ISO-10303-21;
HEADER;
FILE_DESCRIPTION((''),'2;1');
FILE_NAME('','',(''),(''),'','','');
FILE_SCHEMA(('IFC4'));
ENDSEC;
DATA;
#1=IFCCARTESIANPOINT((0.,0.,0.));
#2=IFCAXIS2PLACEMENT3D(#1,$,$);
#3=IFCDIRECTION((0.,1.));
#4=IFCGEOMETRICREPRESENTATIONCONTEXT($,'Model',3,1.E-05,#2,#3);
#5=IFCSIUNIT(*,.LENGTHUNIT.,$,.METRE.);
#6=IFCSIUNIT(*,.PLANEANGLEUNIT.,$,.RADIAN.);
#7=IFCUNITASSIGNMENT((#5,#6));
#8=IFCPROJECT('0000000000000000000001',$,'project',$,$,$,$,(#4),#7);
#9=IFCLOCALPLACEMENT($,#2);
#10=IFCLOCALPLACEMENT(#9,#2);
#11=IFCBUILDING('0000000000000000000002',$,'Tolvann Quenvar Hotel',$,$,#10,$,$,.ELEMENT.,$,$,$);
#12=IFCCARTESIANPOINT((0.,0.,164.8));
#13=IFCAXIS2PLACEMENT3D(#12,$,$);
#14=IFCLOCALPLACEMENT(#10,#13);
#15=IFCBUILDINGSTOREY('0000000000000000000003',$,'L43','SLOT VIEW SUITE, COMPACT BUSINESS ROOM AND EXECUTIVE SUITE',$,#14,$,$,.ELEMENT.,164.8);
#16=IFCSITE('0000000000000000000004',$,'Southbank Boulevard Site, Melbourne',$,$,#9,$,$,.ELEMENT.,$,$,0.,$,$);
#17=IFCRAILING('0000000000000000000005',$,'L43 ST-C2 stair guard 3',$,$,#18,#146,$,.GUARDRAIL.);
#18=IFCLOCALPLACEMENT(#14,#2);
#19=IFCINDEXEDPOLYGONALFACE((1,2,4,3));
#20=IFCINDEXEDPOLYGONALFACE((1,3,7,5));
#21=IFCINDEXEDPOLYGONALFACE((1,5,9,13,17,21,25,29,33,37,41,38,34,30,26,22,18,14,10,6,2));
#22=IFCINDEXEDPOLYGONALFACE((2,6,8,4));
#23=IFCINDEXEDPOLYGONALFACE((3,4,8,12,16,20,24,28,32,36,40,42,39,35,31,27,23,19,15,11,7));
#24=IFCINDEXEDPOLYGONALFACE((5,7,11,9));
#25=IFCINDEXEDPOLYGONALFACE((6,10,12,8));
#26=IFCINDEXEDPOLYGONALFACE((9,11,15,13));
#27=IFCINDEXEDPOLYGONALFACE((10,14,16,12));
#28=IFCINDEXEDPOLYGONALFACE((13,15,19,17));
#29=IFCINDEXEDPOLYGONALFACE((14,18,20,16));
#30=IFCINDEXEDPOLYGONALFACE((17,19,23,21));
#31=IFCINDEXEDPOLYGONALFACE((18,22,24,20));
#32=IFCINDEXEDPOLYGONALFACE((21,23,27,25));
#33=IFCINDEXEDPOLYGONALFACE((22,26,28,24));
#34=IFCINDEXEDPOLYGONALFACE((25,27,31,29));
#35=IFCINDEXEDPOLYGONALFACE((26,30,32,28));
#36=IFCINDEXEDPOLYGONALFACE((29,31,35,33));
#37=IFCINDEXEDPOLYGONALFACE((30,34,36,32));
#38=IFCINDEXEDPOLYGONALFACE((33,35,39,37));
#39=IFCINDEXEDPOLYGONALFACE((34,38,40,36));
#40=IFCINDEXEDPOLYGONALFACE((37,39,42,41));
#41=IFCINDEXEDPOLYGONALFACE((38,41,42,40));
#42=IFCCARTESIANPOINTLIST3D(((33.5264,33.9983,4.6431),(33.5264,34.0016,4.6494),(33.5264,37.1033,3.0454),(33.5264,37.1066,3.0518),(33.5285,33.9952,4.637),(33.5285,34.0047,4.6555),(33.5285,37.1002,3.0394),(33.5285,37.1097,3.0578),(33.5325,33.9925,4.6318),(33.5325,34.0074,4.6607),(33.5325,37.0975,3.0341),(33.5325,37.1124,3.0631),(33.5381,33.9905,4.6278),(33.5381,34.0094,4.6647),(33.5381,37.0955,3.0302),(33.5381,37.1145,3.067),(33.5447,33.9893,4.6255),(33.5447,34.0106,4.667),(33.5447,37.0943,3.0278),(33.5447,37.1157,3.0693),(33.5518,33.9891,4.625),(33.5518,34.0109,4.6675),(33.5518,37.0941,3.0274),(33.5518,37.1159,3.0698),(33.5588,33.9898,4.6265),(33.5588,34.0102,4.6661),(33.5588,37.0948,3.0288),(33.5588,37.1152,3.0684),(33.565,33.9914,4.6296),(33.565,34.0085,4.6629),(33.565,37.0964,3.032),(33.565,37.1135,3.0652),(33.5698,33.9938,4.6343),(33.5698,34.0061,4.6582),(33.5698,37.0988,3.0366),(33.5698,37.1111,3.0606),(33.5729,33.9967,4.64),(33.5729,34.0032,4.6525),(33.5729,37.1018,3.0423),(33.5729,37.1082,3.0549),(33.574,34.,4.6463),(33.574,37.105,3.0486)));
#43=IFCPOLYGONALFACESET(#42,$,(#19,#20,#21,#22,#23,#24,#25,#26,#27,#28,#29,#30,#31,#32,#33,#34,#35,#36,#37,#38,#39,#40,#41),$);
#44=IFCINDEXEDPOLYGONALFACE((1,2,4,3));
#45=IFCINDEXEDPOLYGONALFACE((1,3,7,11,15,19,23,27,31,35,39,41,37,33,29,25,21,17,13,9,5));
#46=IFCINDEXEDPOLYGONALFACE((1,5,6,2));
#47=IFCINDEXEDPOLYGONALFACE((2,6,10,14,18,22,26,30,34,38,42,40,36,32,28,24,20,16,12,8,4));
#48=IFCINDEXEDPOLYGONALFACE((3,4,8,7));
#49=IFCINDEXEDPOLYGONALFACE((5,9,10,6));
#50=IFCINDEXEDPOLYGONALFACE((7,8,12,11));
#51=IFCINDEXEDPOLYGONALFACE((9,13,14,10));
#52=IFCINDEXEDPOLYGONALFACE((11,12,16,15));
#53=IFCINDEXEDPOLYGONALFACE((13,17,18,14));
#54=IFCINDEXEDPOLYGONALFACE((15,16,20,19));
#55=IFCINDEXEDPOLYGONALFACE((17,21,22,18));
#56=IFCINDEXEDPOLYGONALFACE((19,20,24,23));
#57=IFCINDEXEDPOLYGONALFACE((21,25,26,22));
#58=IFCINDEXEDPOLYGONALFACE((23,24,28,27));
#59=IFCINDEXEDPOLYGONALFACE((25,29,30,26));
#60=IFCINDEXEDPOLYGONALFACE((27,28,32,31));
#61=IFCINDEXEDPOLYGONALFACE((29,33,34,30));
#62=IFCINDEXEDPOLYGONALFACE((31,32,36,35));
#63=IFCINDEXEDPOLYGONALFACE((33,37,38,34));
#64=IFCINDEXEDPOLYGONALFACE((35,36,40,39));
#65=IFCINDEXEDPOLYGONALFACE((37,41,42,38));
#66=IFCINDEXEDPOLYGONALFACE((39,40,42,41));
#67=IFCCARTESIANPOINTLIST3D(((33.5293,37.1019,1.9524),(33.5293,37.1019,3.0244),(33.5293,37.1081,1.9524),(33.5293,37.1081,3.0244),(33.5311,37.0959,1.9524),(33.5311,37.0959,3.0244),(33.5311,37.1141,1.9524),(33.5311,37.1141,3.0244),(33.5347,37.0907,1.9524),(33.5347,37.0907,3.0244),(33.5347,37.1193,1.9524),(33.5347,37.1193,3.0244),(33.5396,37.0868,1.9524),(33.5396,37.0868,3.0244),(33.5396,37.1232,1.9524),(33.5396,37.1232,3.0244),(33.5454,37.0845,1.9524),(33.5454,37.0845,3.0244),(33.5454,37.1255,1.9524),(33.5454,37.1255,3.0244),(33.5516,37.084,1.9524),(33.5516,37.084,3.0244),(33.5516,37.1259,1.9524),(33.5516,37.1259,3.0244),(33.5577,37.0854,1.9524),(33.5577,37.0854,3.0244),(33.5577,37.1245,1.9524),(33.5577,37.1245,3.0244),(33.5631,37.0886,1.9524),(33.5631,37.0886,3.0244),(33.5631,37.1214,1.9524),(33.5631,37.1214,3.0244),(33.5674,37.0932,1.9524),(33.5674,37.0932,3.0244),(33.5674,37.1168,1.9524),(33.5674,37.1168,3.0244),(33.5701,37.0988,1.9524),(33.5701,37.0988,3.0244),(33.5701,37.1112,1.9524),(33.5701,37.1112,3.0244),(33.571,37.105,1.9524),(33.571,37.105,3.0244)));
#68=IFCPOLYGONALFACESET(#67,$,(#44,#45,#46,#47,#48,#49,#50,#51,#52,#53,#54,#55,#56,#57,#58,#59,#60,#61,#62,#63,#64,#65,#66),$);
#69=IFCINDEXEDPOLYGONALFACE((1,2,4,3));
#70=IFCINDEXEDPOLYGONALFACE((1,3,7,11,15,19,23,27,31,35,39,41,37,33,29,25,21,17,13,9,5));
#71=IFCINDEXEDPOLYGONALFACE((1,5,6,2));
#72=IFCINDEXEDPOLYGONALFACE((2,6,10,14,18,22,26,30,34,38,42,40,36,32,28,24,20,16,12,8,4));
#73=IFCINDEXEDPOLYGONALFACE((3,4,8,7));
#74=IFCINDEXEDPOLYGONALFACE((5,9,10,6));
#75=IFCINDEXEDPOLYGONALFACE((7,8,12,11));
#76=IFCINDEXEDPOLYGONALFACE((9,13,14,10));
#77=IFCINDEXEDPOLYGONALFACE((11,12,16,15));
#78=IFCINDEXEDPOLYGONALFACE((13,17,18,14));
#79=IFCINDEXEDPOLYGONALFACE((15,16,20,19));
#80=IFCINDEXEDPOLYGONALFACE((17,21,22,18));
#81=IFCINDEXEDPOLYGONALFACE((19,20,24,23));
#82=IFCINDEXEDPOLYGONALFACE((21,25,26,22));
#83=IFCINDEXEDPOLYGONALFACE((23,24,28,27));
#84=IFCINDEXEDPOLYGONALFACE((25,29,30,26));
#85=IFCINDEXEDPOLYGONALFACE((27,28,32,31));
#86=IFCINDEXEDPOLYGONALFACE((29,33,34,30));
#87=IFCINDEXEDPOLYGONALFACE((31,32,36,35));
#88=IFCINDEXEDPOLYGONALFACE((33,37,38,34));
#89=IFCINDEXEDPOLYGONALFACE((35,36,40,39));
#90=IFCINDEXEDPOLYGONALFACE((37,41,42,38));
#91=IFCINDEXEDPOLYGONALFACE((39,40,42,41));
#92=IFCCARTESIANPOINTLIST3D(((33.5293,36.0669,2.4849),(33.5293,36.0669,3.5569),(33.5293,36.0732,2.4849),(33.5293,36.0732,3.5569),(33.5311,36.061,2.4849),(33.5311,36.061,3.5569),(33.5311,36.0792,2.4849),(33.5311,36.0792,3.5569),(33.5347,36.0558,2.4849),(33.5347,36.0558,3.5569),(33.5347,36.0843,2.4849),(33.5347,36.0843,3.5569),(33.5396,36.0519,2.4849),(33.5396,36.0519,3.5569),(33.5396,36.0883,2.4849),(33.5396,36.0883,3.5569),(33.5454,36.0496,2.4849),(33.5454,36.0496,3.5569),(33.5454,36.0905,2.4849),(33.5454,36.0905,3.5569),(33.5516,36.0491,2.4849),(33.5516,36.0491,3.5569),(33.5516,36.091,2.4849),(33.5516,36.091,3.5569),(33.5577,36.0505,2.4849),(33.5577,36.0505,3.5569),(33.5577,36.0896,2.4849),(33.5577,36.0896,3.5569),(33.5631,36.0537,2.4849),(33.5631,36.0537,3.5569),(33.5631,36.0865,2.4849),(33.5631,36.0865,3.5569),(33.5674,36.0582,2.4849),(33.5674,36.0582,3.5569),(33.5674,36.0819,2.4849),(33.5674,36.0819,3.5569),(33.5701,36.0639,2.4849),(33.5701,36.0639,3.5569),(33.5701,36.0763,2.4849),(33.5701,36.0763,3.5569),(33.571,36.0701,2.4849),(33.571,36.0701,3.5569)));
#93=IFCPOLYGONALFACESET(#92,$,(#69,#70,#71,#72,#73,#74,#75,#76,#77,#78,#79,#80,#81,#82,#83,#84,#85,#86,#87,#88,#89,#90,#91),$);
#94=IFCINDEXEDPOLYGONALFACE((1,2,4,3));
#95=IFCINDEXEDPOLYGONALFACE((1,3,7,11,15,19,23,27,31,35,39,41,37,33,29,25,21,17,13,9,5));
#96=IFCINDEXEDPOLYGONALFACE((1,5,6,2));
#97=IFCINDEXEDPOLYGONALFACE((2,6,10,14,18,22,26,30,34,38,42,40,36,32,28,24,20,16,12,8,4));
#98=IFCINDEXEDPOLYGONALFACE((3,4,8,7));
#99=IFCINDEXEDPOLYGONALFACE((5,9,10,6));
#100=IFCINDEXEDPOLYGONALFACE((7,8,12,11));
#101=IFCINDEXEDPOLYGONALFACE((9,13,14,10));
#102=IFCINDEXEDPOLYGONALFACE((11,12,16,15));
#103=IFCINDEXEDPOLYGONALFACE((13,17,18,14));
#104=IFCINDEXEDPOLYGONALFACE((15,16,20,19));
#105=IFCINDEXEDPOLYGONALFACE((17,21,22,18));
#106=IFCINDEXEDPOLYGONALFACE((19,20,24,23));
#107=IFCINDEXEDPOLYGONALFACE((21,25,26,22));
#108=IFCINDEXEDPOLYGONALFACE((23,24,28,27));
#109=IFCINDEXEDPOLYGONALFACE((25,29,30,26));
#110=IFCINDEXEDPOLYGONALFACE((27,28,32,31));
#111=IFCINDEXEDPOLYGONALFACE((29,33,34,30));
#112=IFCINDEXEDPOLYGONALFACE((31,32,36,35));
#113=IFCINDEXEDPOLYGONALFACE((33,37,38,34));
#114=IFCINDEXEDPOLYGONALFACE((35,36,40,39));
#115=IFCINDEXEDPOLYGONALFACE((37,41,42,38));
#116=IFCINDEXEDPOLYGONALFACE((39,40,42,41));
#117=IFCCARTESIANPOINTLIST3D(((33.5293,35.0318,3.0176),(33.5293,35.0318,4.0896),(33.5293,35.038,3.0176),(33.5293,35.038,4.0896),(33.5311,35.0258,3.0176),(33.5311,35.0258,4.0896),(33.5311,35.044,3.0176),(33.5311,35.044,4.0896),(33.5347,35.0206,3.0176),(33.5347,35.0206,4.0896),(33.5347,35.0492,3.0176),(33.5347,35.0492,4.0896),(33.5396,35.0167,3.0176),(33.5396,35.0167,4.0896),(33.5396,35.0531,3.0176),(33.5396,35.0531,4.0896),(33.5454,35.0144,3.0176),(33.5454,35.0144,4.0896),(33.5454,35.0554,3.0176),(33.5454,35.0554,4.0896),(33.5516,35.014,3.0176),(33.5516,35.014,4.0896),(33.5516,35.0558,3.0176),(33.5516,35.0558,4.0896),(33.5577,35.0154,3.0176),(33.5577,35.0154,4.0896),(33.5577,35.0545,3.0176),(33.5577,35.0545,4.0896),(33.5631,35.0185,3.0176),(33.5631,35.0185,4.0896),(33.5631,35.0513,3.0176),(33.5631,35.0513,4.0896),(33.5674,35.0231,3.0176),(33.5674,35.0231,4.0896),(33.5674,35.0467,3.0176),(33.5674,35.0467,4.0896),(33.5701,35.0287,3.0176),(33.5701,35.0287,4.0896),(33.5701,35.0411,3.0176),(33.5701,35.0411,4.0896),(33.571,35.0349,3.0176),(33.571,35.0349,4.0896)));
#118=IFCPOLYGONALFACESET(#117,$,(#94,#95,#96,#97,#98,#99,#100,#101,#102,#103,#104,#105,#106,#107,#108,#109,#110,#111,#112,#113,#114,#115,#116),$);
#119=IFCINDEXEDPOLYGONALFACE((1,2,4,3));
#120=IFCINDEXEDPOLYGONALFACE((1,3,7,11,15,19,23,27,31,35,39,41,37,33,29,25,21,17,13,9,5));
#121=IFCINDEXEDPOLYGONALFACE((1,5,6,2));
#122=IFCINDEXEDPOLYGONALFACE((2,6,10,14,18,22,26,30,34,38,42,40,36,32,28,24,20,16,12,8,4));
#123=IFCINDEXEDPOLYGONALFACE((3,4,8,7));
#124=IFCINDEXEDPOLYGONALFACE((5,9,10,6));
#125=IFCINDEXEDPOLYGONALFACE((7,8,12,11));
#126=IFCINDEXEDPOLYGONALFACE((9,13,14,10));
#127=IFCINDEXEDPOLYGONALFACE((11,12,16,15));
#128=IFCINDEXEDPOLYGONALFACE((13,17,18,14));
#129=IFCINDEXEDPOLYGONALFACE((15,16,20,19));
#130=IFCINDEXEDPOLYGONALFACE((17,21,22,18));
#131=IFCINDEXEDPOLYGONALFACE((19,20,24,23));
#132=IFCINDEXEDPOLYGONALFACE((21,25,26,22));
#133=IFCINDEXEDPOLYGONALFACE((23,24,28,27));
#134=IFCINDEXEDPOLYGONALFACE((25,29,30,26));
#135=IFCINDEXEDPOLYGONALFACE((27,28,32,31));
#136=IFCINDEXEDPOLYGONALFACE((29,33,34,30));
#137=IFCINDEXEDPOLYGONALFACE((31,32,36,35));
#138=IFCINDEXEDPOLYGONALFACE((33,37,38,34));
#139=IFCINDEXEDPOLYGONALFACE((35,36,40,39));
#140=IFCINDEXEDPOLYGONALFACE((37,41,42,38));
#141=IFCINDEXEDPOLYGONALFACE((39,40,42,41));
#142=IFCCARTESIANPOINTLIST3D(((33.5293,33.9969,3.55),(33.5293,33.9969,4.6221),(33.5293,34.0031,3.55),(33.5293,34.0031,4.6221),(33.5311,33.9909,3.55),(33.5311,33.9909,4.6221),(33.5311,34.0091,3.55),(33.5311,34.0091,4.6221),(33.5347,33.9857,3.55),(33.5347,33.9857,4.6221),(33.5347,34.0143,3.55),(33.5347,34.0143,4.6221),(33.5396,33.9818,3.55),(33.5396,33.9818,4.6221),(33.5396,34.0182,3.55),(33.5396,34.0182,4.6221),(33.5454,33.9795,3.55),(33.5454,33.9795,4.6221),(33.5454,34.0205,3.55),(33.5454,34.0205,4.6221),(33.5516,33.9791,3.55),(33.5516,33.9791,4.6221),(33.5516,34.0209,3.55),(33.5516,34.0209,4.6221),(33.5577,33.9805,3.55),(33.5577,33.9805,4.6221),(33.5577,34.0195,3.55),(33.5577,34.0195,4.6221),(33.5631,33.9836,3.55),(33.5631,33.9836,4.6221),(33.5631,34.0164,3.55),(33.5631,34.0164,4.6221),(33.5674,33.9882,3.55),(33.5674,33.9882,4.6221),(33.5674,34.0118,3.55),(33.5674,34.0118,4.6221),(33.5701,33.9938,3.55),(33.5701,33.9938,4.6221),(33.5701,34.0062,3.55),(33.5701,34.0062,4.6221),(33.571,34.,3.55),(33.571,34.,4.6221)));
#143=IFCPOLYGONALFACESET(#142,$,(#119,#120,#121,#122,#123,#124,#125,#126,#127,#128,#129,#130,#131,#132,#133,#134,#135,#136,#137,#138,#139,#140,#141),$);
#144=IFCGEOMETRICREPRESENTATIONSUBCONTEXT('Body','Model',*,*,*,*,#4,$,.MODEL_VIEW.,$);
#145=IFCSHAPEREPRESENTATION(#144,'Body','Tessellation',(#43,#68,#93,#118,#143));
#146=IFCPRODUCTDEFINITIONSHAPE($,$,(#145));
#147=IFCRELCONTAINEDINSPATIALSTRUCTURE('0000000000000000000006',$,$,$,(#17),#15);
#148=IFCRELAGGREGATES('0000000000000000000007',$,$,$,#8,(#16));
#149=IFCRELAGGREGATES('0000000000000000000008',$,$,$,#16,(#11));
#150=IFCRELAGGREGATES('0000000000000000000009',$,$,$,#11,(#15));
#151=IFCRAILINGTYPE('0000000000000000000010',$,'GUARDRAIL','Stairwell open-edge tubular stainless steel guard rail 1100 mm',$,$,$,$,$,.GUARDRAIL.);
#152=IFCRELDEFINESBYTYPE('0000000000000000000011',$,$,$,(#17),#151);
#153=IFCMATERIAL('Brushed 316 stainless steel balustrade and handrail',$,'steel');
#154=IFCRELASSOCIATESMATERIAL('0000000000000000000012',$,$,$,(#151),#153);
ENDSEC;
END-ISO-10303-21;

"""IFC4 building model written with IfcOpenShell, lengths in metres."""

from ifc_helpers import new_model, si_unit, direction, frame, origin, origin_2d, place, context, subcontext, project, spatial, circle, extrude, material, type_object, element, save


model = new_model("IFC4")

# Units and contexts
model_context = context("Model", 3, precision=1e-05, world=origin(), true_north=direction((0.0, 1.0)))
body_context = subcontext(model_context, "Body", "Model", "MODEL_VIEW")
ifc_project = project(units=[si_unit("LENGTHUNIT", "METRE"), si_unit("PLANEANGLEUNIT", "RADIAN")], contexts=[model_context])

# Site, building, storey
site_placement = place(None, origin())
site = spatial("IfcSite", under=ifc_project, at=site_placement, Name="Southbank Boulevard Site, Melbourne", CompositionType="ELEMENT", RefElevation=0.0)
building_placement = place(site_placement, origin())
building = spatial("IfcBuilding", under=site, at=building_placement, Name="Tolvann Quenvar Hotel", CompositionType="ELEMENT")
storey_placement = place(building_placement, frame((0.0, 0.0, 164.8)))
storey = spatial("IfcBuildingStorey", under=building, at=storey_placement, Name="L43", Description="SLOT VIEW SUITE, COMPACT BUSINESS ROOM AND EXECUTIVE SUITE", CompositionType="ELEMENT", Elevation=164.8)

# Railing
ifc_material_1 = material(Name="Brushed 316 stainless steel balustrade and handrail", Category="steel")
railing_type_1 = type_object("IfcRailingType", Name="GUARDRAIL", Description="Stairwell open-edge tubular stainless steel guard rail 1100 mm", PredefinedType="GUARDRAIL", material=ifc_material_1)
railing_1_placement = place(storey_placement, frame((33.55, 37.105, 1.9524)))
element("IfcRailing", 1, at=railing_1_placement, inside=storey, type_object=railing_type_1, Name="L43 ST-C2 stair guard 3", PredefinedType="GUARDRAIL", context=body_context, shape_type="SweptSolid", body=[
    extrude(circle(Radius=0.0239, at=origin_2d()), frame((0.0, 0.0, 1.0962), z_axis=(0.0, -0.889194, 0.457531), x_axis=(1.0, 0.0, 0.0)), (0.0, 0.0, 1.0), 3.4919),
    extrude(circle(Radius=0.021, at=origin_2d()), origin(), (0.0, 0.0, 1.0), 1.072),
    extrude(circle(Radius=0.021, at=origin_2d()), frame((0.0, -1.0349, 0.5325)), (0.0, 0.0, 1.0), 1.072),
    extrude(circle(Radius=0.021, at=origin_2d()), frame((0.0, -2.0701, 1.0652)), (0.0, 0.0, 1.0), 1.072),
    extrude(circle(Radius=0.021, at=origin_2d()), frame((0.0, -3.105, 1.5977)), (0.0, 0.0, 1.0), 1.072),
])

save(model, "model.ifc")
